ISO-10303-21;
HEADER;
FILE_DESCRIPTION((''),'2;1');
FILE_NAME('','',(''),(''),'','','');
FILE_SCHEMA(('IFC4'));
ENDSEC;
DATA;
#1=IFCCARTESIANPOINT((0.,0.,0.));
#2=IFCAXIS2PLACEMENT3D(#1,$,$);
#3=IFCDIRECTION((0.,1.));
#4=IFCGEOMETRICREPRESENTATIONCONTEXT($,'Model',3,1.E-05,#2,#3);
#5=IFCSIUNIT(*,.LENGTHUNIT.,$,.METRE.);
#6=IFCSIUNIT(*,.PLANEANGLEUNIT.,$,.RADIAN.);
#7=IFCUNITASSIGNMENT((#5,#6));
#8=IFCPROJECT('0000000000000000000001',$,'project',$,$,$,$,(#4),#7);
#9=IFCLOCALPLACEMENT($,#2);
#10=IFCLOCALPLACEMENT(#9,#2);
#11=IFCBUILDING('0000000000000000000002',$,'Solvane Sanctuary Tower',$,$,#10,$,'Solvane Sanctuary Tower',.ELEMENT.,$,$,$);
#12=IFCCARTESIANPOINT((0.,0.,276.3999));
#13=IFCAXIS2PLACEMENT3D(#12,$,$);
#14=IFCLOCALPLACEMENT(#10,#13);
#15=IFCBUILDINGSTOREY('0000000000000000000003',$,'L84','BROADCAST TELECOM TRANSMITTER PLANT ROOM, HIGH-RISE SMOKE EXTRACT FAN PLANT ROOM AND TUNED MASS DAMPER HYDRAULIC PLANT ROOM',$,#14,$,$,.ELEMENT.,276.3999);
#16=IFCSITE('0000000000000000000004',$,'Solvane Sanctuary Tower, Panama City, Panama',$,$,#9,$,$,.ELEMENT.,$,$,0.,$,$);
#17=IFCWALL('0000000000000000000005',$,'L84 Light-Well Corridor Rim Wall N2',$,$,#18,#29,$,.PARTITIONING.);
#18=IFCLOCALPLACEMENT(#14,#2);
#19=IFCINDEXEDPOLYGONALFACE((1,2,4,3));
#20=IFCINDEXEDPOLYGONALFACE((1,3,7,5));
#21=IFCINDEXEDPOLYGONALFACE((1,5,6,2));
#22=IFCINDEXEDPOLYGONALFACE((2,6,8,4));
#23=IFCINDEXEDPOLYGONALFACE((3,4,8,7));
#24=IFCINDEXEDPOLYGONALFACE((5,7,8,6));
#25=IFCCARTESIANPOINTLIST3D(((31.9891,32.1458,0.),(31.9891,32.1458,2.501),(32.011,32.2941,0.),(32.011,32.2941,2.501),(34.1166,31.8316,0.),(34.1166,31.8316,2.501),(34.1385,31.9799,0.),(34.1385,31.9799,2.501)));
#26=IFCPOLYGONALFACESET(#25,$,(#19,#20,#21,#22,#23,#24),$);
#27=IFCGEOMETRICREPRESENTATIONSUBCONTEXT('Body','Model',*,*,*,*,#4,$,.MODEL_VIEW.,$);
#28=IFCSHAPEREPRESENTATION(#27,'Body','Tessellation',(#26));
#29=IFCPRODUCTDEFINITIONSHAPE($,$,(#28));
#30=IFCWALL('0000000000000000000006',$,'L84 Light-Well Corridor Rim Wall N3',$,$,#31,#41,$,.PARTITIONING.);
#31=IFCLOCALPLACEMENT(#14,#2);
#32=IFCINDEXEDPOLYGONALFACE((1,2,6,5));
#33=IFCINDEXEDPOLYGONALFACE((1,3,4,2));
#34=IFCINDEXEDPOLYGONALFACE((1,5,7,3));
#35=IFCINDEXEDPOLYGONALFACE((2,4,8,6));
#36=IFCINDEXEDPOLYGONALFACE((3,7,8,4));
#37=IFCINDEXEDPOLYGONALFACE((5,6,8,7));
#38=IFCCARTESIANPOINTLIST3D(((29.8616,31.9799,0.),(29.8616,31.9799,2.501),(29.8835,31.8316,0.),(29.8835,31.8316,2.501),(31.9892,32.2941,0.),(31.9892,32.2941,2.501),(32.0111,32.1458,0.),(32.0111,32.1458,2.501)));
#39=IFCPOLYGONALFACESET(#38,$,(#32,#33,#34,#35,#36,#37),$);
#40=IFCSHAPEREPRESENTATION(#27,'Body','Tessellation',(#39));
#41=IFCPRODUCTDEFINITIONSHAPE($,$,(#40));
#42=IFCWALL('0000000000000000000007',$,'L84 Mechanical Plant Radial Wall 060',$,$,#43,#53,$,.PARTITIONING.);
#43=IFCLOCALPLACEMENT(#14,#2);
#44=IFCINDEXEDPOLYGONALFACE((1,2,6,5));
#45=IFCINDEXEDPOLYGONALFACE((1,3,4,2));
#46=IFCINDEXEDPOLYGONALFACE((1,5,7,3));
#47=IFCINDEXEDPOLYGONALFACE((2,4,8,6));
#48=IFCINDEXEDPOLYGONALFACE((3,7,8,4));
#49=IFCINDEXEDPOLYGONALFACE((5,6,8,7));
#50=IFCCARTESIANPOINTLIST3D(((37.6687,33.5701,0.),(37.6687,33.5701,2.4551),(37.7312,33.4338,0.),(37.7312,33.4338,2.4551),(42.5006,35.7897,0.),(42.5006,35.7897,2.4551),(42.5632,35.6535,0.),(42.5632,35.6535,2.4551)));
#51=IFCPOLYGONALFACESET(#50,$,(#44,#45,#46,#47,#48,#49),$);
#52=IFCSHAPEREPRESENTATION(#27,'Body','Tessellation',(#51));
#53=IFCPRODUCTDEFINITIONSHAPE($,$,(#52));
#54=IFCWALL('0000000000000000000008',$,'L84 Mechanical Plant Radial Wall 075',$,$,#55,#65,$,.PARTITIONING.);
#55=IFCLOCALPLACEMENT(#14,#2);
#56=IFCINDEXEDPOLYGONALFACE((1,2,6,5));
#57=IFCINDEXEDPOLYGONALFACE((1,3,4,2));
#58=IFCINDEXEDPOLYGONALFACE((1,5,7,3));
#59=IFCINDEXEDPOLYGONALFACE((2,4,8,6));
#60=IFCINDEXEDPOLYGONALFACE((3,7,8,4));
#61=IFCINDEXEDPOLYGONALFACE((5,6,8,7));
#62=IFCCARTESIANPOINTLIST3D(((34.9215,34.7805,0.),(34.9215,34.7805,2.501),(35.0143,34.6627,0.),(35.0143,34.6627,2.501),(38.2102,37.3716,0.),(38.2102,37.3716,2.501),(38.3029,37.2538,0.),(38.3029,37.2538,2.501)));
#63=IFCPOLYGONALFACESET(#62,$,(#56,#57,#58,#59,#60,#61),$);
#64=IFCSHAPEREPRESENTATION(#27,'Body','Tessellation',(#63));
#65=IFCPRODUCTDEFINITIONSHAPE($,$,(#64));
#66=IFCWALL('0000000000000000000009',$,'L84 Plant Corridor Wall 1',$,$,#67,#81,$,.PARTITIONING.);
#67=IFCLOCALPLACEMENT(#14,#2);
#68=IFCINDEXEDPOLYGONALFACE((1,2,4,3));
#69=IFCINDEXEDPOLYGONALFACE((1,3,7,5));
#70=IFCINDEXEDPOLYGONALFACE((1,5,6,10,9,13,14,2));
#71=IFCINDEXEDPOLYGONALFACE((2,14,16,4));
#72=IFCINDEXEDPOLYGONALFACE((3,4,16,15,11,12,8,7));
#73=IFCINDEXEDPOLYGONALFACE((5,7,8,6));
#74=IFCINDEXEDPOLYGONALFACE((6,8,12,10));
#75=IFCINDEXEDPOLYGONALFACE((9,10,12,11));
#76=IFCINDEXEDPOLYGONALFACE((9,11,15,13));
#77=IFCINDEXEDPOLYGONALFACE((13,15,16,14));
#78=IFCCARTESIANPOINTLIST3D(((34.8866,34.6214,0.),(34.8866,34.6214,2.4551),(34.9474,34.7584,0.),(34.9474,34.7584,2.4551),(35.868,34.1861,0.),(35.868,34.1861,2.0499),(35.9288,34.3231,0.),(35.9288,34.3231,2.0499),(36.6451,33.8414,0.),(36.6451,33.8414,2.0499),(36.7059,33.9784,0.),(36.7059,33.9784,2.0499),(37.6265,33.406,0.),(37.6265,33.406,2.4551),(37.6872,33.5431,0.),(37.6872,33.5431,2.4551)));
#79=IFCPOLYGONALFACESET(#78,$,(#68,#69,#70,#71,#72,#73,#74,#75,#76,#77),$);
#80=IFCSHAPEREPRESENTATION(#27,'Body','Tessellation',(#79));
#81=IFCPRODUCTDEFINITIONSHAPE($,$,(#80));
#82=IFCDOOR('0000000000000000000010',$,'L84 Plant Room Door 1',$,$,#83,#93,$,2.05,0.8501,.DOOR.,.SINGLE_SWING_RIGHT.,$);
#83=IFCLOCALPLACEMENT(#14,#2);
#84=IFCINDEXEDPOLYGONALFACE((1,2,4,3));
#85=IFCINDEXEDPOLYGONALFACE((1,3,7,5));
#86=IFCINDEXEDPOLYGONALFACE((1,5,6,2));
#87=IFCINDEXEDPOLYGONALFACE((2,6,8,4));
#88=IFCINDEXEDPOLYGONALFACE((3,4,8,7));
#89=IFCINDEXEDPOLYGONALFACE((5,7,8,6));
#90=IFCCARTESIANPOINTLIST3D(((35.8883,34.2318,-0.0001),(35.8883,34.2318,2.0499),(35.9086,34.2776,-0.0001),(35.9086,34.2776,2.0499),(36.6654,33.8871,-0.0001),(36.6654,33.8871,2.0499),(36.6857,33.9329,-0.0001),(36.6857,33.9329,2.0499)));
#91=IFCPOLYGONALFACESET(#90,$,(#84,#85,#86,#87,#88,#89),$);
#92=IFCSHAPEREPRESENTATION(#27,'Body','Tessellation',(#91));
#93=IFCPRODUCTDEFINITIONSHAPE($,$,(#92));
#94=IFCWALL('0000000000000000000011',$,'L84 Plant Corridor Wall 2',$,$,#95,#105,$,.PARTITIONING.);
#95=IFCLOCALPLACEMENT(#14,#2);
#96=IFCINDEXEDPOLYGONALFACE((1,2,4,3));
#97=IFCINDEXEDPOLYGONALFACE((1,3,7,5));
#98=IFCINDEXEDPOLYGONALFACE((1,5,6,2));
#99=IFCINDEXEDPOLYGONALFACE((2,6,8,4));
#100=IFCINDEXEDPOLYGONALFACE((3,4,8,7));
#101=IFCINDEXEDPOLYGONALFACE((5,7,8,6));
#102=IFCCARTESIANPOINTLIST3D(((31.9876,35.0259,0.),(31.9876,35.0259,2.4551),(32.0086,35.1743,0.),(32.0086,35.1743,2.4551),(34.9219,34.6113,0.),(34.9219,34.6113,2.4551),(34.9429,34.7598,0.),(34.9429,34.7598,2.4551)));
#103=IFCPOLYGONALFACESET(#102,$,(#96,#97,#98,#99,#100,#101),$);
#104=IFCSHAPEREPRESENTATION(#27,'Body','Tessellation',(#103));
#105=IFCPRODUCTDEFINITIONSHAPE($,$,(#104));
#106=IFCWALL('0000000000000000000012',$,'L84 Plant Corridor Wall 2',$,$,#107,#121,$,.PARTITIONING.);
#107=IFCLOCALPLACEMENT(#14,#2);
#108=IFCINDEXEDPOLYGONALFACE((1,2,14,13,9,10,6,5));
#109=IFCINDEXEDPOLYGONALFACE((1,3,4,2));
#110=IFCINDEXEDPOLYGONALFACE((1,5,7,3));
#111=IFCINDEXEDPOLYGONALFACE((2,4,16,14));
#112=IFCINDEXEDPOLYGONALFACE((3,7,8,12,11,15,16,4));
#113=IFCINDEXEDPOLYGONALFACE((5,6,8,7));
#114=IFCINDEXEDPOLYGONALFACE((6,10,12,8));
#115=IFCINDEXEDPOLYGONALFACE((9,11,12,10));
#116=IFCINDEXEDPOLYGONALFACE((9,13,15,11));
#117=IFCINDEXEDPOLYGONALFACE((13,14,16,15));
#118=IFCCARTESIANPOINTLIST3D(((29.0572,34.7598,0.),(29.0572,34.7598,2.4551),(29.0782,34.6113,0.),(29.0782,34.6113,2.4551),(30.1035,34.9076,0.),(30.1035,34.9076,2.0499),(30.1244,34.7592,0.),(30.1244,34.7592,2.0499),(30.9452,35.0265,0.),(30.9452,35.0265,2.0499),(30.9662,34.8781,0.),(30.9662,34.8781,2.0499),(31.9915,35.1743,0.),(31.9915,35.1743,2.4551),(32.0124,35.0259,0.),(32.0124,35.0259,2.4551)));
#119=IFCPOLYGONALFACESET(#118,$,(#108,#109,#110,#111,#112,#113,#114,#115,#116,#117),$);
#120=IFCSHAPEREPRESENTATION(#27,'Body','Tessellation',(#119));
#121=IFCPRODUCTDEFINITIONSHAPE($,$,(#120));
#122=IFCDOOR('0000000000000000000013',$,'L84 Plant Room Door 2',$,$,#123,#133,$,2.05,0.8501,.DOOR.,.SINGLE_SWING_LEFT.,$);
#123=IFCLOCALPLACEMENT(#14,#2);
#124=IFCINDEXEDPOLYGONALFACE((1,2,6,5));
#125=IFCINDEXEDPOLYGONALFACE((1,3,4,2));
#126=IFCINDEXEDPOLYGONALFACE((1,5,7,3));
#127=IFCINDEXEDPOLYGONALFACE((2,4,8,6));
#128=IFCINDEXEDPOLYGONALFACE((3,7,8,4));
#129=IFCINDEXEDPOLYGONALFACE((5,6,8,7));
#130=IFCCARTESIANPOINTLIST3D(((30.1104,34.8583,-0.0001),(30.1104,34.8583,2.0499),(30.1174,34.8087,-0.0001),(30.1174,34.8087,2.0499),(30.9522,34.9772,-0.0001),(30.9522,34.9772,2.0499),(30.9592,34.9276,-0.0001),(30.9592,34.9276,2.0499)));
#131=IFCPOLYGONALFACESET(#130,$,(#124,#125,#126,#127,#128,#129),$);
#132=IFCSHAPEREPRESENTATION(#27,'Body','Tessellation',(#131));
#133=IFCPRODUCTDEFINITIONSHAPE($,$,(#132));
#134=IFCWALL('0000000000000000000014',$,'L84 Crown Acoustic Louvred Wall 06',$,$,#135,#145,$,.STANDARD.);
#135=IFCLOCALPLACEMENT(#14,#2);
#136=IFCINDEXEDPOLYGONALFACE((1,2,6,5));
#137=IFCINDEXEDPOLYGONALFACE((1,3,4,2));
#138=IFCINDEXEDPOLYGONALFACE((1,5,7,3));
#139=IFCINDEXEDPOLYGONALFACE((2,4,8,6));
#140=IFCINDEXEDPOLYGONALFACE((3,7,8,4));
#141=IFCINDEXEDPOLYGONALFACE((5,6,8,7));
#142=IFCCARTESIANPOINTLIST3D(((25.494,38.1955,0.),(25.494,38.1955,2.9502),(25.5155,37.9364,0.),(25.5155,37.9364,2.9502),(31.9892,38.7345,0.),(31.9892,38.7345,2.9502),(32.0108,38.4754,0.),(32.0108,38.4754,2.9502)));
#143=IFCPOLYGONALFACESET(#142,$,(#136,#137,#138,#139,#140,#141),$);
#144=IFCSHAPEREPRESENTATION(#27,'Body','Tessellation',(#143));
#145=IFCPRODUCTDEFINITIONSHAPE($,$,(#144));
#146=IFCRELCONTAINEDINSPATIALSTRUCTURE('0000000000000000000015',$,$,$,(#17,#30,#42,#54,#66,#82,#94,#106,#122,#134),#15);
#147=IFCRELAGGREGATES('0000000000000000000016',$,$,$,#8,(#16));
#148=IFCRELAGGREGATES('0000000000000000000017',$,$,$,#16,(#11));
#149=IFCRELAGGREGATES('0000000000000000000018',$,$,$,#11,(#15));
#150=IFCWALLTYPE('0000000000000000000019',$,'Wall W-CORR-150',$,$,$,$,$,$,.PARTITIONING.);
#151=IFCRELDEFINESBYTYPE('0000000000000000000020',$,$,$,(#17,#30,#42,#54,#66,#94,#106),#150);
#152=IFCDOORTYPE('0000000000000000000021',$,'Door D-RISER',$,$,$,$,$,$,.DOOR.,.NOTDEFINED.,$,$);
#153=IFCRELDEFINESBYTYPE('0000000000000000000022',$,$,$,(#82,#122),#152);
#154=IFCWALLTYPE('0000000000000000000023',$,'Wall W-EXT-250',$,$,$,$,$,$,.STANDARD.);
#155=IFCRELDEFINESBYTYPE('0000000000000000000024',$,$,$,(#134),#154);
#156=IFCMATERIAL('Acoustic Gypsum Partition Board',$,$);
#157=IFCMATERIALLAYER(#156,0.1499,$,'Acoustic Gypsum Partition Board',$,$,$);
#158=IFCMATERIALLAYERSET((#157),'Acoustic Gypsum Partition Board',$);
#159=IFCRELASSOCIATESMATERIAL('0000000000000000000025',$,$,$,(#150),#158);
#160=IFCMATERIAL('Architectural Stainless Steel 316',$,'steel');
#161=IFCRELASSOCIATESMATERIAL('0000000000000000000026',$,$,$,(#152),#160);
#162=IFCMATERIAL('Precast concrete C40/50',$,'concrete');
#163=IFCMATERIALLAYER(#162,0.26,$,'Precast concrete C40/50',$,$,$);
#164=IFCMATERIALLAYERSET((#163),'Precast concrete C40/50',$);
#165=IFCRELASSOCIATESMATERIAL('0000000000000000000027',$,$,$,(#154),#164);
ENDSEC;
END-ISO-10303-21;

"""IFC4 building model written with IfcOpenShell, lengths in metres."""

from ifc_helpers import new_model, si_unit, direction, frame, frame_2d, origin, place, context, subcontext, project, spatial, rectangle, extrude, material, layer, layer_set, type_object, element, fill, save


model = new_model("IFC4")

# Units and contexts
model_context = context("Model", 3, precision=1e-05, world=origin(), true_north=direction((0.0, 1.0)))
body_context = subcontext(model_context, "Body", "Model", "MODEL_VIEW")
ifc_project = project(units=[si_unit("LENGTHUNIT", "METRE"), si_unit("PLANEANGLEUNIT", "RADIAN")], contexts=[model_context])

# Site, building, storey
site_placement = place(None, origin())
site = spatial("IfcSite", under=ifc_project, at=site_placement, Name="Solvane Sanctuary Tower, Panama City, Panama", CompositionType="ELEMENT", RefElevation=0.0)
building_placement = place(site_placement, origin())
building = spatial("IfcBuilding", under=site, at=building_placement, Name="Solvane Sanctuary Tower", LongName="Solvane Sanctuary Tower", CompositionType="ELEMENT")
storey_placement = place(building_placement, frame((0.0, 0.0, 276.3999)))
storey = spatial("IfcBuildingStorey", under=building, at=storey_placement, Name="L84", Description="BROADCAST TELECOM TRANSMITTER PLANT ROOM, HIGH-RISE SMOKE EXTRACT FAN PLANT ROOM AND TUNED MASS DAMPER HYDRAULIC PLANT ROOM", CompositionType="ELEMENT", Elevation=276.3999)

# Walls
ifc_material_1 = material(Name="Acoustic Gypsum Partition Board")
ifc_layer_1 = layer(ifc_material_1, 0.1499, Name="Acoustic Gypsum Partition Board")
ifc_layer_set_1 = layer_set([ifc_layer_1], Name="Acoustic Gypsum Partition Board")
wall_type_1 = type_object("IfcWallType", Name="Wall W-CORR-150", PredefinedType="PARTITIONING", material=ifc_layer_set_1)
for number, where, z_axis, x_axis, name in (
    (1, (34.1274, 31.9058, 0.0), (0.0, 0.0, 1.0), (-0.989269, 0.146108, 0.0), "L84 Light-Well Corridor Rim Wall N2"),
    (2, (32.0, 32.22, 0.0), (0.0, 0.0, 1.0), (-0.989269, -0.146108, 0.0), "L84 Light-Well Corridor Rim Wall N3"),
):
    element("IfcWall", number, at=place(storey_placement, frame(where, z_axis=z_axis, x_axis=x_axis)), inside=storey, type_object=wall_type_1, Name=name, PredefinedType="PARTITIONING", context=body_context, shape_type="SweptSolid", body=[
        extrude(rectangle(XDim=2.1506, YDim=0.1499, at=frame_2d((1.0752, 0.0))), origin(), (0.0, 0.0, 1.0), 2.501),
    ])
wall_1_placement = place(storey_placement, frame((37.7, 33.502, 0.0), z_axis=(0.0, 0.0, 1.0), x_axis=(0.908705, 0.417439, 0.0)))
element("IfcWall", 3, at=wall_1_placement, inside=storey, type_object=wall_type_1, Name="L84 Mechanical Plant Radial Wall 060", PredefinedType="PARTITIONING", context=body_context, shape_type="SweptSolid", body=[
    extrude(rectangle(XDim=5.3174, YDim=0.1499, at=frame_2d((2.6587, 0.0))), origin(), (0.0, 0.0, 1.0), 2.4551),
])
wall_2_placement = place(storey_placement, frame((34.968, 34.7217, 0.0), z_axis=(0.0, 0.0, 1.0), x_axis=(0.785484, 0.618882, 0.0)))
element("IfcWall", 4, at=wall_2_placement, inside=storey, type_object=wall_type_1, Name="L84 Mechanical Plant Radial Wall 075", PredefinedType="PARTITIONING", context=body_context, shape_type="SweptSolid", body=[
    extrude(rectangle(XDim=4.1868, YDim=0.1499, at=frame_2d((2.0933, 0.0))), origin(), (0.0, 0.0, 1.0), 2.501),
])

# Wall, opening, door
wall_3_placement = place(storey_placement, frame((37.6567, 33.4746, 0.0), z_axis=(0.0, 0.0, 1.0), x_axis=(-0.9141, 0.405488, 0.0)))
wall_3 = element("IfcWall", 5, at=wall_3_placement, inside=storey, type_object=wall_type_1, Name="L84 Plant Corridor Wall 1", PredefinedType="PARTITIONING", context=body_context, shape_type="SweptSolid", body=[
    extrude(rectangle(XDim=2.9973, YDim=0.1499, at=frame_2d((1.4985, 0.0))), origin(), (0.0, 0.0, 1.0), 2.4551),
])
opening_1_placement = place(wall_3_placement, frame((1.0735, 0.0, 0.0)))
opening_1 = element("IfcOpeningElement", 6, at=opening_1_placement, cuts=wall_3, PredefinedType="OPENING", context=body_context, shape_type="SweptSolid", body=[
    extrude(rectangle(XDim=0.8501, YDim=2.05, at=frame_2d((0.425, 1.0249))), frame((0.0, 0.085, 0.0), z_axis=(0.0, -1.0, 0.0), x_axis=(1.0, 0.0, 0.0)), (0.0, 0.0, 1.0), 0.1699),
])
ifc_material_2 = material(Name="Architectural Stainless Steel 316", Category="steel")
door_type = type_object("IfcDoorType", Name="Door D-RISER", OperationType="NOTDEFINED", PredefinedType="DOOR", material=ifc_material_2)
door_1_placement = place(opening_1_placement, origin())
door_1 = element("IfcDoor", 7, at=door_1_placement, inside=storey, type_object=door_type, Name="L84 Plant Room Door 1", OperationType="SINGLE_SWING_RIGHT", OverallHeight=2.05, OverallWidth=0.8501, PredefinedType="DOOR", context=body_context, shape_type="SweptSolid", body=[
    extrude(rectangle(XDim=0.8501, YDim=2.05, at=frame_2d((0.425, 1.0249))), frame((0.0, 0.0249, 0.0), z_axis=(0.0, -1.0, 0.0), x_axis=(1.0, 0.0, 0.0)), (0.0, 0.0, 1.0), 0.05),
])
fill(opening_1, door_1)

# Wall
wall_4_placement = place(storey_placement, frame((34.9324, 34.6855, 0.0), z_axis=(0.0, 0.0, 1.0), x_axis=(-0.990167, 0.139887, 0.0)))
element("IfcWall", 8, at=wall_4_placement, inside=storey, type_object=wall_type_1, Name="L84 Plant Corridor Wall 2", PredefinedType="PARTITIONING", context=body_context, shape_type="SweptSolid", body=[
    extrude(rectangle(XDim=2.9634, YDim=0.1499, at=frame_2d((1.4817, 0.0))), origin(), (0.0, 0.0, 1.0), 2.4551),
])

# Wall, opening, door
wall_5_placement = place(storey_placement, frame((32.002, 35.1001, 0.0), z_axis=(0.0, 0.0, 1.0), x_axis=(-0.990167, -0.139887, 0.0)))
wall_5 = element("IfcWall", 9, at=wall_5_placement, inside=storey, type_object=wall_type_1, Name="L84 Plant Corridor Wall 2", PredefinedType="PARTITIONING", context=body_context, shape_type="SweptSolid", body=[
    extrude(rectangle(XDim=2.9634, YDim=0.1499, at=frame_2d((1.4817, 0.0))), origin(), (0.0, 0.0, 1.0), 2.4551),
])
opening_2_placement = place(wall_5_placement, frame((1.0566, 0.0, 0.0)))
opening_2 = element("IfcOpeningElement", 10, at=opening_2_placement, cuts=wall_5, PredefinedType="OPENING", context=body_context, shape_type="SweptSolid", body=[
    extrude(rectangle(XDim=0.8501, YDim=2.05, at=frame_2d((0.425, 1.0249))), frame((0.0, 0.085, 0.0), z_axis=(0.0, -1.0, 0.0), x_axis=(1.0, 0.0, 0.0)), (0.0, 0.0, 1.0), 0.1699),
])
door_2_placement = place(opening_2_placement, origin())
door_2 = element("IfcDoor", 11, at=door_2_placement, inside=storey, type_object=door_type, Name="L84 Plant Room Door 2", OperationType="SINGLE_SWING_LEFT", OverallHeight=2.05, OverallWidth=0.8501, PredefinedType="DOOR", context=body_context, shape_type="SweptSolid", body=[
    extrude(rectangle(XDim=0.8501, YDim=2.05, at=frame_2d((0.425, 1.0249))), frame((0.0, 0.0249, 0.0), z_axis=(0.0, -1.0, 0.0), x_axis=(1.0, 0.0, 0.0)), (0.0, 0.0, 1.0), 0.05),
])
fill(opening_2, door_2)

# Wall
ifc_material_3 = material(Name="Precast concrete C40/50", Category="concrete")
ifc_layer_2 = layer(ifc_material_3, 0.26, Name="Precast concrete C40/50")
ifc_layer_set_2 = layer_set([ifc_layer_2], Name="Precast concrete C40/50")
wall_type_2 = type_object("IfcWallType", Name="Wall W-EXT-250", PredefinedType="STANDARD", material=ifc_layer_set_2)
wall_6_placement = place(storey_placement, frame((32.0, 38.605, 0.0), z_axis=(0.0, 0.0, 1.0), x_axis=(-0.996574, -0.082708, 0.0)))
element("IfcWall", 12, at=wall_6_placement, inside=storey, type_object=wall_type_2, Name="L84 Crown Acoustic Louvred Wall 06", PredefinedType="STANDARD", context=body_context, shape_type="SweptSolid", body=[
    extrude(rectangle(XDim=6.5176, YDim=0.26, at=frame_2d((3.2588, 0.0))), origin(), (0.0, 0.0, 1.0), 2.9502),
])

save(model, "model.ifc")
